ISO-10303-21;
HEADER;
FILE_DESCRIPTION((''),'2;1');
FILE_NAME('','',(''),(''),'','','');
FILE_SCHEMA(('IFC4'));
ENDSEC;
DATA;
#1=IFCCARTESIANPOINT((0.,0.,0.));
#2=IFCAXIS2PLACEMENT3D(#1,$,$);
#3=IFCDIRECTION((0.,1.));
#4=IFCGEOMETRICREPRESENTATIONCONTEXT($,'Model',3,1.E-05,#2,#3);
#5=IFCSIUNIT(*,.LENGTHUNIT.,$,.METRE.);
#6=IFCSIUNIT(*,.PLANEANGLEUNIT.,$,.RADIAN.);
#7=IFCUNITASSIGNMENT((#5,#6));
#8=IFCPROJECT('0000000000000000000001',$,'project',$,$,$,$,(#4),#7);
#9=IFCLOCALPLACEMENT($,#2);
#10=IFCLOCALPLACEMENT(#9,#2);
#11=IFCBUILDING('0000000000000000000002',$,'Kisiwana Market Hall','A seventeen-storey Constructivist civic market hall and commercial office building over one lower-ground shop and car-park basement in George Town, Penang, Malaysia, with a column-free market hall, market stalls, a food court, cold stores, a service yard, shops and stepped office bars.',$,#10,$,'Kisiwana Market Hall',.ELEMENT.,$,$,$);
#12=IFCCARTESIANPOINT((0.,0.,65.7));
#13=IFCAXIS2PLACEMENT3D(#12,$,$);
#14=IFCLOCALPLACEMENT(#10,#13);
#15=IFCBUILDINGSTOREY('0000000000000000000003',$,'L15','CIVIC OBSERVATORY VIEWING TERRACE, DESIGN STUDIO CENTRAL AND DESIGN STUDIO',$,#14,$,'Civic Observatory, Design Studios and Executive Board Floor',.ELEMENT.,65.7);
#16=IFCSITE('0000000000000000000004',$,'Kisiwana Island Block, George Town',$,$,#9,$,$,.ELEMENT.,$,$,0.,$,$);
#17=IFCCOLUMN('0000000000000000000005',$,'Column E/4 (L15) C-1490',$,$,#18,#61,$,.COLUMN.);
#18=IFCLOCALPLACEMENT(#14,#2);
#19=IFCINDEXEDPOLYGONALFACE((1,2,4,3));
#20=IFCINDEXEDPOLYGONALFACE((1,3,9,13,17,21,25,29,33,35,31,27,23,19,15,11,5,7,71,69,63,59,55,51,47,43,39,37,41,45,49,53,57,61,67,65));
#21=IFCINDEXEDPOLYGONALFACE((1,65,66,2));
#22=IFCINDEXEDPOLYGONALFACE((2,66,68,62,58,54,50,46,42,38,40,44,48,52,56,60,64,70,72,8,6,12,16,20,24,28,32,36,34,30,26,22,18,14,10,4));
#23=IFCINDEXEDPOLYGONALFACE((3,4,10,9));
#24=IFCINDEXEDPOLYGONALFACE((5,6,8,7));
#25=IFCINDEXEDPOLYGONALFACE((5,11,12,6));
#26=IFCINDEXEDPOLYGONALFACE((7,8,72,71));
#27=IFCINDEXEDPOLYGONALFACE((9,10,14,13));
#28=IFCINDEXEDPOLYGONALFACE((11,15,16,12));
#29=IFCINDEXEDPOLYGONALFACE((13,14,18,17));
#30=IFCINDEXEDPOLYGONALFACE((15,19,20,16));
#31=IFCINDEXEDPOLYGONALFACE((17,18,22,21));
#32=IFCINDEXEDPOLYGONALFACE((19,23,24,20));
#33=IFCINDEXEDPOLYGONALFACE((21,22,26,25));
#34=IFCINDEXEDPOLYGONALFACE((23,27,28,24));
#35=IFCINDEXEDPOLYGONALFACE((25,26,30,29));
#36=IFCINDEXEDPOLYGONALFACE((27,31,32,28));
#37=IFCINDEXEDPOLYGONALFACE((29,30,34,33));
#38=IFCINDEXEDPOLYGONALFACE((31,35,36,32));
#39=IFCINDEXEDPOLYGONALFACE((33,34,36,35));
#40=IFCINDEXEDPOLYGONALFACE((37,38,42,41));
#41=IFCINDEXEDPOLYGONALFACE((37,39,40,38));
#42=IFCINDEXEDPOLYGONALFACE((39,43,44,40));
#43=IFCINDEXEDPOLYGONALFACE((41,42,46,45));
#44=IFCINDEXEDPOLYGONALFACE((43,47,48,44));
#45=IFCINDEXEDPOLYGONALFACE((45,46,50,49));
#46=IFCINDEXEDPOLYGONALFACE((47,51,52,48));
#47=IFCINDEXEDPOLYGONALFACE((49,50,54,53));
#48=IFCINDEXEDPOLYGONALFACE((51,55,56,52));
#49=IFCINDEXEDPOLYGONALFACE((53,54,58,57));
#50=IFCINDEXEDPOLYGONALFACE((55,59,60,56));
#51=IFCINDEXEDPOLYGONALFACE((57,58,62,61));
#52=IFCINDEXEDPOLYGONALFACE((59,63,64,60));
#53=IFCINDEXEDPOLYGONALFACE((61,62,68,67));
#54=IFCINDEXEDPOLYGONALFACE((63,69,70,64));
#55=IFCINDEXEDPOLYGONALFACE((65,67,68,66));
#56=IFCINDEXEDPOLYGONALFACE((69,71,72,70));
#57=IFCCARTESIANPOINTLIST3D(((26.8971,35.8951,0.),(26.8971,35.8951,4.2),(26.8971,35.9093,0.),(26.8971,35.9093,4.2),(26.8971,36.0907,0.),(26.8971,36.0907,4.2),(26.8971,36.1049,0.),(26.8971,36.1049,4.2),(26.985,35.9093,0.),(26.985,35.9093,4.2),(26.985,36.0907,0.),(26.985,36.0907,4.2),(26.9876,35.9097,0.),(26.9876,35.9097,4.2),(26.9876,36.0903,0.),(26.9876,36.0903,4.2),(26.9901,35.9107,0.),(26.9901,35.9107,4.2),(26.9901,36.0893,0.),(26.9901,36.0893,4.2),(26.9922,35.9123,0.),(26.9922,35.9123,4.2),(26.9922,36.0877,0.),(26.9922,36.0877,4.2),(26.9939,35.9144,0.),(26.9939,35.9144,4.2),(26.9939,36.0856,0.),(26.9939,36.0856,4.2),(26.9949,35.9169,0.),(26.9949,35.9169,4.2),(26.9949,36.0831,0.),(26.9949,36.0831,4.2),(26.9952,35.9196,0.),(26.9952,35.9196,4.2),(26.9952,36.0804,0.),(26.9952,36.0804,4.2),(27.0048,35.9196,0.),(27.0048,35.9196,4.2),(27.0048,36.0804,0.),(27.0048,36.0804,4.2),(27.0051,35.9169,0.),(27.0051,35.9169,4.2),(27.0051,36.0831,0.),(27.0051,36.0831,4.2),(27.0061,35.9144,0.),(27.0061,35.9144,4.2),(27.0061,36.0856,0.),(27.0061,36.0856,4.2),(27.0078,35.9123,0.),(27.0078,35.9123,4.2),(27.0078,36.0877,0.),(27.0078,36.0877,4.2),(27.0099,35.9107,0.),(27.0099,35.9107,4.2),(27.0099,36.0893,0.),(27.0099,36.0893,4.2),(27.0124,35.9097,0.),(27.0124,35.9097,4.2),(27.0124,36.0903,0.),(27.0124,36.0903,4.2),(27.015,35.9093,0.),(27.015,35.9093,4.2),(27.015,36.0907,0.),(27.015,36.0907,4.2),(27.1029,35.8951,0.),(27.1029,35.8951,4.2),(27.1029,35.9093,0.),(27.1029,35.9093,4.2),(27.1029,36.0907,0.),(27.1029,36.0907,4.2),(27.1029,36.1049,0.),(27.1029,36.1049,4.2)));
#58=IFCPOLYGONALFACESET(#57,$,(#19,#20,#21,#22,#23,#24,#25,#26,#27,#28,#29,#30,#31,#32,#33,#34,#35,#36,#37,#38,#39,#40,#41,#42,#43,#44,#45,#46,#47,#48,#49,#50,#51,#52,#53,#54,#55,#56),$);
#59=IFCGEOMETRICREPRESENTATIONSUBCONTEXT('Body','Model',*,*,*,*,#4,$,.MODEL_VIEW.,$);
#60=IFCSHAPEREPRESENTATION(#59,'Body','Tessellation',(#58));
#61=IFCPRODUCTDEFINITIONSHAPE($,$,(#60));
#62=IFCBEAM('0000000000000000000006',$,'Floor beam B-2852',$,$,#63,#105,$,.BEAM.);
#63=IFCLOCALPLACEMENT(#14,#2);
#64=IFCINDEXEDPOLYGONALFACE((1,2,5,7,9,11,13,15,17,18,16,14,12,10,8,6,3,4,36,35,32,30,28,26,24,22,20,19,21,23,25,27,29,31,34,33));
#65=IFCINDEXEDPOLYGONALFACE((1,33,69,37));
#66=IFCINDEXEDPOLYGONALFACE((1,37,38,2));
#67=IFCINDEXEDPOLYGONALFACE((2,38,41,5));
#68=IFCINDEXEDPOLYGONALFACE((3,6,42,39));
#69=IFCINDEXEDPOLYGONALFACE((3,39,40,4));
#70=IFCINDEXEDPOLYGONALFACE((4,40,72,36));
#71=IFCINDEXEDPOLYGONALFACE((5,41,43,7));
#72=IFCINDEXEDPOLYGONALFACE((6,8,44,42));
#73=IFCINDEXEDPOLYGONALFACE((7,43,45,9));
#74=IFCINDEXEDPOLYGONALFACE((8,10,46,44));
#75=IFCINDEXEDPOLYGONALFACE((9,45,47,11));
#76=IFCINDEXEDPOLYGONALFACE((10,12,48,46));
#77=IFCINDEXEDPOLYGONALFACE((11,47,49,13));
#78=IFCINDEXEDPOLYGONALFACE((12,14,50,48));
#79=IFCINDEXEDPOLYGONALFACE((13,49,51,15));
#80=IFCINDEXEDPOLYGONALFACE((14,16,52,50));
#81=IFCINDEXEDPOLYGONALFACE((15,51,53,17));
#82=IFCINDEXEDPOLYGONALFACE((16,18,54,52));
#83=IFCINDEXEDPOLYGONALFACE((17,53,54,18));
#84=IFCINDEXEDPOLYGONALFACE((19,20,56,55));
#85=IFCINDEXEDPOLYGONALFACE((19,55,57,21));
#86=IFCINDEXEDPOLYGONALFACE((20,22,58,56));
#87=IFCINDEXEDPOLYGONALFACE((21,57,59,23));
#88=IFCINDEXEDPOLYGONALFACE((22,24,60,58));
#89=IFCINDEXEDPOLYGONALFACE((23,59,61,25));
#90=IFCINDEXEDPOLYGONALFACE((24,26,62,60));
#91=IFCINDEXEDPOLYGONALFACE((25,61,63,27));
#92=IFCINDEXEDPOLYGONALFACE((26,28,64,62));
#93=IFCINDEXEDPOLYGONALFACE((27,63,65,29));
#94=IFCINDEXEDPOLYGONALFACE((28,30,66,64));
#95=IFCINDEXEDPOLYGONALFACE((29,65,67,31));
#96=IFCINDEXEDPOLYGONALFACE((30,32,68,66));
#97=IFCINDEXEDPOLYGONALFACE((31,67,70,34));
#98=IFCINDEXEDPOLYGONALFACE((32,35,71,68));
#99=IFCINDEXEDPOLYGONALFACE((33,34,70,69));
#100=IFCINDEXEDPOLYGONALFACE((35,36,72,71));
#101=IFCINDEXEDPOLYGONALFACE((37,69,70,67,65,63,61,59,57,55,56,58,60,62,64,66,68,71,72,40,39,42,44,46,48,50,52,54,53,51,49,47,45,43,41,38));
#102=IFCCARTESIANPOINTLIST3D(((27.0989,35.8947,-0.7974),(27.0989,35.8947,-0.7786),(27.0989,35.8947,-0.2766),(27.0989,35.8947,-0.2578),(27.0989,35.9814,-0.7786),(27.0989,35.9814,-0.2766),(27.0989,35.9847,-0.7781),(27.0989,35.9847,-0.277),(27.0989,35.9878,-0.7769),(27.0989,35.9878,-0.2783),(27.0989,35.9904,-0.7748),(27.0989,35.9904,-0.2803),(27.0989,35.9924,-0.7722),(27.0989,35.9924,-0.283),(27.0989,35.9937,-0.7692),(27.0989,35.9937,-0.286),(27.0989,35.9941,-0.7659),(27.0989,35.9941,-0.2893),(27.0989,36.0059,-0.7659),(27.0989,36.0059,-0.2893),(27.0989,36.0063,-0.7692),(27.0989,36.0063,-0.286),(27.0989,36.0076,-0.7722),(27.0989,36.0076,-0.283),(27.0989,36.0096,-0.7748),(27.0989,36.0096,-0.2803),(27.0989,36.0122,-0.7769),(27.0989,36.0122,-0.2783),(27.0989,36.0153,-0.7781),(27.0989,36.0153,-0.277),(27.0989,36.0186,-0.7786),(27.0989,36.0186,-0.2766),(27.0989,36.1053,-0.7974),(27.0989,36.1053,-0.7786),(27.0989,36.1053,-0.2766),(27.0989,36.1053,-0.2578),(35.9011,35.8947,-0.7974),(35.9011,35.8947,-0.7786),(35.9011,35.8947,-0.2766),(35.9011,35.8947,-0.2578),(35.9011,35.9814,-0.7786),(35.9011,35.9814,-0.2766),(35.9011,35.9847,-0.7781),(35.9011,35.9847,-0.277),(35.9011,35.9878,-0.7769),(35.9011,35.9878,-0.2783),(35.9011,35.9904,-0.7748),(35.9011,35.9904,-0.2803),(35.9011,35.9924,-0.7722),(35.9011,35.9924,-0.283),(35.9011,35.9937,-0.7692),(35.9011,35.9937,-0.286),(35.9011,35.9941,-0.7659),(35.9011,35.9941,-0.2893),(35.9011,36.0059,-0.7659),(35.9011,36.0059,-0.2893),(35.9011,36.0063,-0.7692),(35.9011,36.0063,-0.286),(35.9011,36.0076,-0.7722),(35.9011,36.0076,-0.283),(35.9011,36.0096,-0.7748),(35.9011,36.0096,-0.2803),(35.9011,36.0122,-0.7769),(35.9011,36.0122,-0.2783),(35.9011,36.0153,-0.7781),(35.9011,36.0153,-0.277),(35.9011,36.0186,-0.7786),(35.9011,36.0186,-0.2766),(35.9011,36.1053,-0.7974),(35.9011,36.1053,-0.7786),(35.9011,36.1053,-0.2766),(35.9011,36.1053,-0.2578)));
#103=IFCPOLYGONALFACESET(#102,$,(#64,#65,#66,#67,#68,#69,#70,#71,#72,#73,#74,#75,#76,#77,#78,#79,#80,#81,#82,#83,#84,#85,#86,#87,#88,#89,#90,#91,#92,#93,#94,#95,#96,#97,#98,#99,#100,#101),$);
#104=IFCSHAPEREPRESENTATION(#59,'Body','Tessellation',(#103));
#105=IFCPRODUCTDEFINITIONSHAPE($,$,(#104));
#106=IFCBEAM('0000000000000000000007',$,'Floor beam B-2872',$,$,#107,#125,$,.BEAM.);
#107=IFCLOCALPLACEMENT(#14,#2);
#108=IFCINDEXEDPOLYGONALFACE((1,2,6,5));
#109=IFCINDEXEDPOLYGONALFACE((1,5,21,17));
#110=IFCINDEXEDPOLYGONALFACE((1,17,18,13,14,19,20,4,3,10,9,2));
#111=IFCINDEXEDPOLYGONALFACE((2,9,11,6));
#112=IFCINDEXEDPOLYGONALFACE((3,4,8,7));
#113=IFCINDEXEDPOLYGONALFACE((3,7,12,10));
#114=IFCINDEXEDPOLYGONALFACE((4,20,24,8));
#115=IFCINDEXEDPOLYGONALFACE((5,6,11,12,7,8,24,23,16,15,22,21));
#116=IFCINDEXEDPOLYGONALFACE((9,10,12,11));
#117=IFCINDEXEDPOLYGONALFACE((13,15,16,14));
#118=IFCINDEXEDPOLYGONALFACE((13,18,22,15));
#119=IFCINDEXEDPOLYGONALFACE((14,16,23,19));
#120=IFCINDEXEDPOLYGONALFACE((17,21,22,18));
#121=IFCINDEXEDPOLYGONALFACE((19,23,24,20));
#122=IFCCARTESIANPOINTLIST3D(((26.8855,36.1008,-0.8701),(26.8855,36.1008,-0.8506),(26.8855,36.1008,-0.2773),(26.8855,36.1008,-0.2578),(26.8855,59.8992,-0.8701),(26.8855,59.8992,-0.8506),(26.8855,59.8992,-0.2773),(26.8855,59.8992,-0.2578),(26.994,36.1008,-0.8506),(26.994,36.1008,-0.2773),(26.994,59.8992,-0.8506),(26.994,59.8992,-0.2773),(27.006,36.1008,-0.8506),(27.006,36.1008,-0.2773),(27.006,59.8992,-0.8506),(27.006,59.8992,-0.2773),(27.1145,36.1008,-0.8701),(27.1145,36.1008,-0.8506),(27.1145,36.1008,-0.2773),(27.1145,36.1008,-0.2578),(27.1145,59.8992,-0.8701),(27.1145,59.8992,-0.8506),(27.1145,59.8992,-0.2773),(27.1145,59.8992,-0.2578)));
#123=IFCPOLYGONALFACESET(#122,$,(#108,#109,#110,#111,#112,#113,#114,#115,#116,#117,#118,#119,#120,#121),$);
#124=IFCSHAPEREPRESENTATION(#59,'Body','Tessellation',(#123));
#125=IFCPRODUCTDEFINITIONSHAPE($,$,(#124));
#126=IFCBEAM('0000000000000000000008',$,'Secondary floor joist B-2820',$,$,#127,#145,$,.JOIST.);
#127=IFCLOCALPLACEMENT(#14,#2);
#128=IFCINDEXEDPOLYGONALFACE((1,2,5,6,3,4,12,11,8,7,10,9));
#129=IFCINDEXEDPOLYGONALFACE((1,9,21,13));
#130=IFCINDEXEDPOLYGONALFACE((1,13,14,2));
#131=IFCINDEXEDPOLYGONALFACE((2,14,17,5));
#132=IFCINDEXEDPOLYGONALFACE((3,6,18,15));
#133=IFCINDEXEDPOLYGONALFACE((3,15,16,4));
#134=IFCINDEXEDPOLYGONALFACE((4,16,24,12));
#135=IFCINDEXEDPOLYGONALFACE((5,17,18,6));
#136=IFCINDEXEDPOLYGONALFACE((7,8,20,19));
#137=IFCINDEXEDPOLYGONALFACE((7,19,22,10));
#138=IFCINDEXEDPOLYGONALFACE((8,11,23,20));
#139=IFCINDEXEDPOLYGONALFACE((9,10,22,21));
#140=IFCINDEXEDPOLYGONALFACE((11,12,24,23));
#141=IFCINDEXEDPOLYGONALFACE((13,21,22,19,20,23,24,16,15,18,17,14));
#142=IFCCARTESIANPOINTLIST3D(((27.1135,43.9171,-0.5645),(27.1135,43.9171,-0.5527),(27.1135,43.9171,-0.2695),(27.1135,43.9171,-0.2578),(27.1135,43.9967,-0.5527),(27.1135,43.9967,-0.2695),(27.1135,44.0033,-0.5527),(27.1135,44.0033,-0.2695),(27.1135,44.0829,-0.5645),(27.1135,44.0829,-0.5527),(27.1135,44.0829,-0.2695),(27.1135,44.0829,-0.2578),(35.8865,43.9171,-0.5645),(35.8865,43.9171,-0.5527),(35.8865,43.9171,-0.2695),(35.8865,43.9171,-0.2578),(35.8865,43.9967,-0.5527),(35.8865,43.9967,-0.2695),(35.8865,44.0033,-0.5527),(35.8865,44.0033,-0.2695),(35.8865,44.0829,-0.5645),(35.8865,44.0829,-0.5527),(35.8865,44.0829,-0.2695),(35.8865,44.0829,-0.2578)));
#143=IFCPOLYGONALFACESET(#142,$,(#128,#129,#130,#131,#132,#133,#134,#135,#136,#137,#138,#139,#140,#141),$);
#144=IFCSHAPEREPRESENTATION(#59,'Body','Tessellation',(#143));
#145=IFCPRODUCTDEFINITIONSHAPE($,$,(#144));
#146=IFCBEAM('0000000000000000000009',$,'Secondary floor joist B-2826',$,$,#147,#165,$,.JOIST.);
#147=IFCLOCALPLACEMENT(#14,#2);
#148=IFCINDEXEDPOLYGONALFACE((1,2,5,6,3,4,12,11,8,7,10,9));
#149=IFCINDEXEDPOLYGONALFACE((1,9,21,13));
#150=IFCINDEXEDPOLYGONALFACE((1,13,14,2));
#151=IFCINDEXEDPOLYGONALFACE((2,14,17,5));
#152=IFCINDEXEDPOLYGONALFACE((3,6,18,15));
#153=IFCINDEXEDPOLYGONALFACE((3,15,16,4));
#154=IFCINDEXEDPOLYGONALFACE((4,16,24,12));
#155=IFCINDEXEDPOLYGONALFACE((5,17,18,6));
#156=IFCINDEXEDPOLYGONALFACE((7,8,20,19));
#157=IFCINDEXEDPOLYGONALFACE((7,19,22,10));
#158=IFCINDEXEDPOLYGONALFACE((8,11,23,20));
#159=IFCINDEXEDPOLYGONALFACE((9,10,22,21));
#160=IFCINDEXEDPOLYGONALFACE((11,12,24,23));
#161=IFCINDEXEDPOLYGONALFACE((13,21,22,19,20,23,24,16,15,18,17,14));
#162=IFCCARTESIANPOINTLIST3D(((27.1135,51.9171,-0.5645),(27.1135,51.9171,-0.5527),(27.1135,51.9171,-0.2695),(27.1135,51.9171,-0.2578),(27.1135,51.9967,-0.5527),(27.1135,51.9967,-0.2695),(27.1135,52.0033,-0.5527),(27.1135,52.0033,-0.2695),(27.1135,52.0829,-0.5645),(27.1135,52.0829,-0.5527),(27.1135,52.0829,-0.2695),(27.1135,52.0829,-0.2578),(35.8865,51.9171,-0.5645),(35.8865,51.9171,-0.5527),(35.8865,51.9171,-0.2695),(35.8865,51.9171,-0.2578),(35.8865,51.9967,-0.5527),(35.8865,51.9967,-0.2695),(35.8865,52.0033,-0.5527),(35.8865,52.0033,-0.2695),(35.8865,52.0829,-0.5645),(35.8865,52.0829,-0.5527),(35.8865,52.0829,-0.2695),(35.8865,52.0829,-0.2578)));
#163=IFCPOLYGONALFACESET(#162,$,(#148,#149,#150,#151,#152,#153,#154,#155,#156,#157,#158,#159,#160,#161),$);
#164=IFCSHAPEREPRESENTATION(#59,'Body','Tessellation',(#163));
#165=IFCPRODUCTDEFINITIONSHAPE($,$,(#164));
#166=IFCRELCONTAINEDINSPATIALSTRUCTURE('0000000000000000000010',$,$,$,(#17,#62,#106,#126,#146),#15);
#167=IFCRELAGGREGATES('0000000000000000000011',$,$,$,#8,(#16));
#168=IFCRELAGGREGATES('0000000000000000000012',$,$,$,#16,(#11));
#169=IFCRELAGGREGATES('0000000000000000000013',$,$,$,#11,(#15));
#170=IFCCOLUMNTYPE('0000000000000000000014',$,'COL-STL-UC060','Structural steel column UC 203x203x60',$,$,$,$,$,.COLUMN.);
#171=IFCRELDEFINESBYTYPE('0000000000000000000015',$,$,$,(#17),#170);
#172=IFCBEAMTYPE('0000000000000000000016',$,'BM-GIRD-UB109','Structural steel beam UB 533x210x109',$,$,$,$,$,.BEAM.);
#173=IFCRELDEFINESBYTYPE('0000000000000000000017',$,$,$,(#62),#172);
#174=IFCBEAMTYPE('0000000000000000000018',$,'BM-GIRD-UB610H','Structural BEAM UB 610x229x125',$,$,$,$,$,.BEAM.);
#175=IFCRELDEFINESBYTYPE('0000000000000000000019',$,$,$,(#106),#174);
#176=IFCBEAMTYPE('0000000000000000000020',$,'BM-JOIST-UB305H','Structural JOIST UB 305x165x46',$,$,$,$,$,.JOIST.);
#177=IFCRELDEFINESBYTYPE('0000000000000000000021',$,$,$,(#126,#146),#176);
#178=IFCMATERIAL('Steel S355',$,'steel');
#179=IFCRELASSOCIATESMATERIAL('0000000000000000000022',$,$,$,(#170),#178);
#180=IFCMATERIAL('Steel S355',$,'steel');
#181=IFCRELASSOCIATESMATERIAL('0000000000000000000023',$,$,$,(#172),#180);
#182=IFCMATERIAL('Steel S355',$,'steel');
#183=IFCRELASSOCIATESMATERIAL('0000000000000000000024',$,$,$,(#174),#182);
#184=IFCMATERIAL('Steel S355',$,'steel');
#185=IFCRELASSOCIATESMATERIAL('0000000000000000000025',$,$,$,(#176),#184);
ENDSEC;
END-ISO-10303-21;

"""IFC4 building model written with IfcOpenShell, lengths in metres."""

from ifc_helpers import new_model, si_unit, direction, frame, origin, origin_2d, place, context, subcontext, project, spatial, i_section, extrude, material, material_profile, profile_set, type_object, element, save


model = new_model("IFC4")

# Units and contexts
model_context = context("Model", 3, precision=1e-05, world=origin(), true_north=direction((0.0, 1.0)))
body_context = subcontext(model_context, "Body", "Model", "MODEL_VIEW")
ifc_project = project(units=[si_unit("LENGTHUNIT", "METRE"), si_unit("PLANEANGLEUNIT", "RADIAN")], contexts=[model_context])

# Site, building, storey
site_placement = place(None, origin())
site = spatial("IfcSite", under=ifc_project, at=site_placement, Name="Kisiwana Island Block, George Town", CompositionType="ELEMENT", RefElevation=0.0)
building_placement = place(site_placement, origin())
building = spatial("IfcBuilding", under=site, at=building_placement, Name="Kisiwana Market Hall", Description="A seventeen-storey Constructivist civic market hall and commercial office building over one lower-ground shop and car-park basement in George Town, Penang, Malaysia, with a column-free market hall, market stalls, a food court, cold stores, a service yard, shops and stepped office bars.", LongName="Kisiwana Market Hall", CompositionType="ELEMENT")
storey_placement = place(building_placement, frame((0.0, 0.0, 65.7)))
storey = spatial("IfcBuildingStorey", under=building, at=storey_placement, Name="L15", Description="CIVIC OBSERVATORY VIEWING TERRACE, DESIGN STUDIO CENTRAL AND DESIGN STUDIO", LongName="Civic Observatory, Design Studios and Executive Board Floor", CompositionType="ELEMENT", Elevation=65.7)

# Column
ifc_material_1 = material(Name="Steel S355", Category="steel")
ifc_material_profile_1 = material_profile(ifc_material_1, i_section(OverallWidth=0.2058, OverallDepth=0.2097, WebThickness=0.0095, FlangeThickness=0.0142, FilletRadius=0.0103, at=origin_2d()), Name="UC 203x203x60")
ifc_profile_set_1 = profile_set([ifc_material_profile_1], Name="Steel S355")
column_type = type_object("IfcColumnType", Name="COL-STL-UC060", Description="Structural steel column UC 203x203x60", PredefinedType="COLUMN", material=ifc_profile_set_1)
column_placement = place(storey_placement, frame((27.0, 36.0, 0.0), z_axis=(0.0, 0.0, 1.0), x_axis=(1.0, 0.0, 0.0)))
element("IfcColumn", 1, at=column_placement, inside=storey, type_object=column_type, Name="Column E/4 (L15) C-1490", PredefinedType="COLUMN", context=body_context, shape_type="SweptSolid", body=[
    extrude(i_section(OverallWidth=0.2058, OverallDepth=0.2097, WebThickness=0.0095, FlangeThickness=0.0142, FilletRadius=0.0103, at=origin_2d()), origin(), (0.0, 0.0, 1.0), 4.2),
])

# Beams
ifc_material_2 = material(Name="Steel S355", Category="steel")
ifc_material_profile_2 = material_profile(ifc_material_2, i_section(OverallWidth=0.2107, OverallDepth=0.5396, WebThickness=0.0117, FlangeThickness=0.0188, FilletRadius=0.0127, at=origin_2d()), Name="UB 533x210x109")
ifc_profile_set_2 = profile_set([ifc_material_profile_2], Name="Steel S355")
beam_type_1 = type_object("IfcBeamType", Name="BM-GIRD-UB109", Description="Structural steel beam UB 533x210x109", PredefinedType="BEAM", material=ifc_profile_set_2)
beam_1_placement = place(storey_placement, frame((27.0989, 36.0, -0.5276), z_axis=(1.0, 0.0, 0.0), x_axis=(0.0, 1.0, 0.0)))
element("IfcBeam", 2, at=beam_1_placement, inside=storey, type_object=beam_type_1, Name="Floor beam B-2852", PredefinedType="BEAM", context=body_context, shape_type="SweptSolid", body=[
    extrude(i_section(OverallWidth=0.2107, OverallDepth=0.5396, WebThickness=0.0117, FlangeThickness=0.0188, FilletRadius=0.0127, at=origin_2d()), origin(), (0.0, 0.0, 1.0), 8.8022),
])
ifc_material_3 = material(Name="Steel S355", Category="steel")
ifc_material_profile_3 = material_profile(ifc_material_3, i_section(OverallWidth=0.229, OverallDepth=0.6123, WebThickness=0.012, FlangeThickness=0.0195, at=origin_2d()), Name="UB 610x229x125")
ifc_profile_set_3 = profile_set([ifc_material_profile_3], Name="Steel S355")
beam_type_2 = type_object("IfcBeamType", Name="BM-GIRD-UB610H", Description="Structural BEAM UB 610x229x125", PredefinedType="BEAM", material=ifc_profile_set_3)
beam_2_placement = place(storey_placement, frame((27.0, 36.1008, -0.564), z_axis=(0.0, 1.0, 0.0), x_axis=(-1.0, 0.0, 0.0)))
element("IfcBeam", 3, at=beam_2_placement, inside=storey, type_object=beam_type_2, Name="Floor beam B-2872", PredefinedType="BEAM", context=body_context, shape_type="SweptSolid", body=[
    extrude(i_section(OverallWidth=0.229, OverallDepth=0.6123, WebThickness=0.012, FlangeThickness=0.0195, at=origin_2d()), origin(), (0.0, 0.0, 1.0), 23.7983),
])
ifc_material_4 = material(Name="Steel S355", Category="steel")
ifc_material_profile_4 = material_profile(ifc_material_4, i_section(OverallWidth=0.1658, OverallDepth=0.3066, WebThickness=0.0066, FlangeThickness=0.0117, at=origin_2d()), Name="UB 305x165x46")
ifc_profile_set_4 = profile_set([ifc_material_profile_4], Name="Steel S355")
beam_type_3 = type_object("IfcBeamType", Name="BM-JOIST-UB305H", Description="Structural JOIST UB 305x165x46", PredefinedType="JOIST", material=ifc_profile_set_4)
for number, where, z_axis, x_axis, name in (
    (4, (27.1135, 44.0, -0.4111), (1.0, 0.0, 0.0), (0.0, 1.0, 0.0), "Secondary floor joist B-2820"),
    (5, (27.1135, 52.0, -0.4111), (1.0, 0.0, 0.0), (0.0, 1.0, 0.0), "Secondary floor joist B-2826"),
):
    element("IfcBeam", number, at=place(storey_placement, frame(where, z_axis=z_axis, x_axis=x_axis)), inside=storey, type_object=beam_type_3, Name=name, PredefinedType="JOIST", context=body_context, shape_type="SweptSolid", body=[
        extrude(i_section(OverallWidth=0.1658, OverallDepth=0.3066, WebThickness=0.0066, FlangeThickness=0.0117, at=origin_2d()), origin(), (0.0, 0.0, 1.0), 8.7729),
    ])

save(model, "model.ifc")
